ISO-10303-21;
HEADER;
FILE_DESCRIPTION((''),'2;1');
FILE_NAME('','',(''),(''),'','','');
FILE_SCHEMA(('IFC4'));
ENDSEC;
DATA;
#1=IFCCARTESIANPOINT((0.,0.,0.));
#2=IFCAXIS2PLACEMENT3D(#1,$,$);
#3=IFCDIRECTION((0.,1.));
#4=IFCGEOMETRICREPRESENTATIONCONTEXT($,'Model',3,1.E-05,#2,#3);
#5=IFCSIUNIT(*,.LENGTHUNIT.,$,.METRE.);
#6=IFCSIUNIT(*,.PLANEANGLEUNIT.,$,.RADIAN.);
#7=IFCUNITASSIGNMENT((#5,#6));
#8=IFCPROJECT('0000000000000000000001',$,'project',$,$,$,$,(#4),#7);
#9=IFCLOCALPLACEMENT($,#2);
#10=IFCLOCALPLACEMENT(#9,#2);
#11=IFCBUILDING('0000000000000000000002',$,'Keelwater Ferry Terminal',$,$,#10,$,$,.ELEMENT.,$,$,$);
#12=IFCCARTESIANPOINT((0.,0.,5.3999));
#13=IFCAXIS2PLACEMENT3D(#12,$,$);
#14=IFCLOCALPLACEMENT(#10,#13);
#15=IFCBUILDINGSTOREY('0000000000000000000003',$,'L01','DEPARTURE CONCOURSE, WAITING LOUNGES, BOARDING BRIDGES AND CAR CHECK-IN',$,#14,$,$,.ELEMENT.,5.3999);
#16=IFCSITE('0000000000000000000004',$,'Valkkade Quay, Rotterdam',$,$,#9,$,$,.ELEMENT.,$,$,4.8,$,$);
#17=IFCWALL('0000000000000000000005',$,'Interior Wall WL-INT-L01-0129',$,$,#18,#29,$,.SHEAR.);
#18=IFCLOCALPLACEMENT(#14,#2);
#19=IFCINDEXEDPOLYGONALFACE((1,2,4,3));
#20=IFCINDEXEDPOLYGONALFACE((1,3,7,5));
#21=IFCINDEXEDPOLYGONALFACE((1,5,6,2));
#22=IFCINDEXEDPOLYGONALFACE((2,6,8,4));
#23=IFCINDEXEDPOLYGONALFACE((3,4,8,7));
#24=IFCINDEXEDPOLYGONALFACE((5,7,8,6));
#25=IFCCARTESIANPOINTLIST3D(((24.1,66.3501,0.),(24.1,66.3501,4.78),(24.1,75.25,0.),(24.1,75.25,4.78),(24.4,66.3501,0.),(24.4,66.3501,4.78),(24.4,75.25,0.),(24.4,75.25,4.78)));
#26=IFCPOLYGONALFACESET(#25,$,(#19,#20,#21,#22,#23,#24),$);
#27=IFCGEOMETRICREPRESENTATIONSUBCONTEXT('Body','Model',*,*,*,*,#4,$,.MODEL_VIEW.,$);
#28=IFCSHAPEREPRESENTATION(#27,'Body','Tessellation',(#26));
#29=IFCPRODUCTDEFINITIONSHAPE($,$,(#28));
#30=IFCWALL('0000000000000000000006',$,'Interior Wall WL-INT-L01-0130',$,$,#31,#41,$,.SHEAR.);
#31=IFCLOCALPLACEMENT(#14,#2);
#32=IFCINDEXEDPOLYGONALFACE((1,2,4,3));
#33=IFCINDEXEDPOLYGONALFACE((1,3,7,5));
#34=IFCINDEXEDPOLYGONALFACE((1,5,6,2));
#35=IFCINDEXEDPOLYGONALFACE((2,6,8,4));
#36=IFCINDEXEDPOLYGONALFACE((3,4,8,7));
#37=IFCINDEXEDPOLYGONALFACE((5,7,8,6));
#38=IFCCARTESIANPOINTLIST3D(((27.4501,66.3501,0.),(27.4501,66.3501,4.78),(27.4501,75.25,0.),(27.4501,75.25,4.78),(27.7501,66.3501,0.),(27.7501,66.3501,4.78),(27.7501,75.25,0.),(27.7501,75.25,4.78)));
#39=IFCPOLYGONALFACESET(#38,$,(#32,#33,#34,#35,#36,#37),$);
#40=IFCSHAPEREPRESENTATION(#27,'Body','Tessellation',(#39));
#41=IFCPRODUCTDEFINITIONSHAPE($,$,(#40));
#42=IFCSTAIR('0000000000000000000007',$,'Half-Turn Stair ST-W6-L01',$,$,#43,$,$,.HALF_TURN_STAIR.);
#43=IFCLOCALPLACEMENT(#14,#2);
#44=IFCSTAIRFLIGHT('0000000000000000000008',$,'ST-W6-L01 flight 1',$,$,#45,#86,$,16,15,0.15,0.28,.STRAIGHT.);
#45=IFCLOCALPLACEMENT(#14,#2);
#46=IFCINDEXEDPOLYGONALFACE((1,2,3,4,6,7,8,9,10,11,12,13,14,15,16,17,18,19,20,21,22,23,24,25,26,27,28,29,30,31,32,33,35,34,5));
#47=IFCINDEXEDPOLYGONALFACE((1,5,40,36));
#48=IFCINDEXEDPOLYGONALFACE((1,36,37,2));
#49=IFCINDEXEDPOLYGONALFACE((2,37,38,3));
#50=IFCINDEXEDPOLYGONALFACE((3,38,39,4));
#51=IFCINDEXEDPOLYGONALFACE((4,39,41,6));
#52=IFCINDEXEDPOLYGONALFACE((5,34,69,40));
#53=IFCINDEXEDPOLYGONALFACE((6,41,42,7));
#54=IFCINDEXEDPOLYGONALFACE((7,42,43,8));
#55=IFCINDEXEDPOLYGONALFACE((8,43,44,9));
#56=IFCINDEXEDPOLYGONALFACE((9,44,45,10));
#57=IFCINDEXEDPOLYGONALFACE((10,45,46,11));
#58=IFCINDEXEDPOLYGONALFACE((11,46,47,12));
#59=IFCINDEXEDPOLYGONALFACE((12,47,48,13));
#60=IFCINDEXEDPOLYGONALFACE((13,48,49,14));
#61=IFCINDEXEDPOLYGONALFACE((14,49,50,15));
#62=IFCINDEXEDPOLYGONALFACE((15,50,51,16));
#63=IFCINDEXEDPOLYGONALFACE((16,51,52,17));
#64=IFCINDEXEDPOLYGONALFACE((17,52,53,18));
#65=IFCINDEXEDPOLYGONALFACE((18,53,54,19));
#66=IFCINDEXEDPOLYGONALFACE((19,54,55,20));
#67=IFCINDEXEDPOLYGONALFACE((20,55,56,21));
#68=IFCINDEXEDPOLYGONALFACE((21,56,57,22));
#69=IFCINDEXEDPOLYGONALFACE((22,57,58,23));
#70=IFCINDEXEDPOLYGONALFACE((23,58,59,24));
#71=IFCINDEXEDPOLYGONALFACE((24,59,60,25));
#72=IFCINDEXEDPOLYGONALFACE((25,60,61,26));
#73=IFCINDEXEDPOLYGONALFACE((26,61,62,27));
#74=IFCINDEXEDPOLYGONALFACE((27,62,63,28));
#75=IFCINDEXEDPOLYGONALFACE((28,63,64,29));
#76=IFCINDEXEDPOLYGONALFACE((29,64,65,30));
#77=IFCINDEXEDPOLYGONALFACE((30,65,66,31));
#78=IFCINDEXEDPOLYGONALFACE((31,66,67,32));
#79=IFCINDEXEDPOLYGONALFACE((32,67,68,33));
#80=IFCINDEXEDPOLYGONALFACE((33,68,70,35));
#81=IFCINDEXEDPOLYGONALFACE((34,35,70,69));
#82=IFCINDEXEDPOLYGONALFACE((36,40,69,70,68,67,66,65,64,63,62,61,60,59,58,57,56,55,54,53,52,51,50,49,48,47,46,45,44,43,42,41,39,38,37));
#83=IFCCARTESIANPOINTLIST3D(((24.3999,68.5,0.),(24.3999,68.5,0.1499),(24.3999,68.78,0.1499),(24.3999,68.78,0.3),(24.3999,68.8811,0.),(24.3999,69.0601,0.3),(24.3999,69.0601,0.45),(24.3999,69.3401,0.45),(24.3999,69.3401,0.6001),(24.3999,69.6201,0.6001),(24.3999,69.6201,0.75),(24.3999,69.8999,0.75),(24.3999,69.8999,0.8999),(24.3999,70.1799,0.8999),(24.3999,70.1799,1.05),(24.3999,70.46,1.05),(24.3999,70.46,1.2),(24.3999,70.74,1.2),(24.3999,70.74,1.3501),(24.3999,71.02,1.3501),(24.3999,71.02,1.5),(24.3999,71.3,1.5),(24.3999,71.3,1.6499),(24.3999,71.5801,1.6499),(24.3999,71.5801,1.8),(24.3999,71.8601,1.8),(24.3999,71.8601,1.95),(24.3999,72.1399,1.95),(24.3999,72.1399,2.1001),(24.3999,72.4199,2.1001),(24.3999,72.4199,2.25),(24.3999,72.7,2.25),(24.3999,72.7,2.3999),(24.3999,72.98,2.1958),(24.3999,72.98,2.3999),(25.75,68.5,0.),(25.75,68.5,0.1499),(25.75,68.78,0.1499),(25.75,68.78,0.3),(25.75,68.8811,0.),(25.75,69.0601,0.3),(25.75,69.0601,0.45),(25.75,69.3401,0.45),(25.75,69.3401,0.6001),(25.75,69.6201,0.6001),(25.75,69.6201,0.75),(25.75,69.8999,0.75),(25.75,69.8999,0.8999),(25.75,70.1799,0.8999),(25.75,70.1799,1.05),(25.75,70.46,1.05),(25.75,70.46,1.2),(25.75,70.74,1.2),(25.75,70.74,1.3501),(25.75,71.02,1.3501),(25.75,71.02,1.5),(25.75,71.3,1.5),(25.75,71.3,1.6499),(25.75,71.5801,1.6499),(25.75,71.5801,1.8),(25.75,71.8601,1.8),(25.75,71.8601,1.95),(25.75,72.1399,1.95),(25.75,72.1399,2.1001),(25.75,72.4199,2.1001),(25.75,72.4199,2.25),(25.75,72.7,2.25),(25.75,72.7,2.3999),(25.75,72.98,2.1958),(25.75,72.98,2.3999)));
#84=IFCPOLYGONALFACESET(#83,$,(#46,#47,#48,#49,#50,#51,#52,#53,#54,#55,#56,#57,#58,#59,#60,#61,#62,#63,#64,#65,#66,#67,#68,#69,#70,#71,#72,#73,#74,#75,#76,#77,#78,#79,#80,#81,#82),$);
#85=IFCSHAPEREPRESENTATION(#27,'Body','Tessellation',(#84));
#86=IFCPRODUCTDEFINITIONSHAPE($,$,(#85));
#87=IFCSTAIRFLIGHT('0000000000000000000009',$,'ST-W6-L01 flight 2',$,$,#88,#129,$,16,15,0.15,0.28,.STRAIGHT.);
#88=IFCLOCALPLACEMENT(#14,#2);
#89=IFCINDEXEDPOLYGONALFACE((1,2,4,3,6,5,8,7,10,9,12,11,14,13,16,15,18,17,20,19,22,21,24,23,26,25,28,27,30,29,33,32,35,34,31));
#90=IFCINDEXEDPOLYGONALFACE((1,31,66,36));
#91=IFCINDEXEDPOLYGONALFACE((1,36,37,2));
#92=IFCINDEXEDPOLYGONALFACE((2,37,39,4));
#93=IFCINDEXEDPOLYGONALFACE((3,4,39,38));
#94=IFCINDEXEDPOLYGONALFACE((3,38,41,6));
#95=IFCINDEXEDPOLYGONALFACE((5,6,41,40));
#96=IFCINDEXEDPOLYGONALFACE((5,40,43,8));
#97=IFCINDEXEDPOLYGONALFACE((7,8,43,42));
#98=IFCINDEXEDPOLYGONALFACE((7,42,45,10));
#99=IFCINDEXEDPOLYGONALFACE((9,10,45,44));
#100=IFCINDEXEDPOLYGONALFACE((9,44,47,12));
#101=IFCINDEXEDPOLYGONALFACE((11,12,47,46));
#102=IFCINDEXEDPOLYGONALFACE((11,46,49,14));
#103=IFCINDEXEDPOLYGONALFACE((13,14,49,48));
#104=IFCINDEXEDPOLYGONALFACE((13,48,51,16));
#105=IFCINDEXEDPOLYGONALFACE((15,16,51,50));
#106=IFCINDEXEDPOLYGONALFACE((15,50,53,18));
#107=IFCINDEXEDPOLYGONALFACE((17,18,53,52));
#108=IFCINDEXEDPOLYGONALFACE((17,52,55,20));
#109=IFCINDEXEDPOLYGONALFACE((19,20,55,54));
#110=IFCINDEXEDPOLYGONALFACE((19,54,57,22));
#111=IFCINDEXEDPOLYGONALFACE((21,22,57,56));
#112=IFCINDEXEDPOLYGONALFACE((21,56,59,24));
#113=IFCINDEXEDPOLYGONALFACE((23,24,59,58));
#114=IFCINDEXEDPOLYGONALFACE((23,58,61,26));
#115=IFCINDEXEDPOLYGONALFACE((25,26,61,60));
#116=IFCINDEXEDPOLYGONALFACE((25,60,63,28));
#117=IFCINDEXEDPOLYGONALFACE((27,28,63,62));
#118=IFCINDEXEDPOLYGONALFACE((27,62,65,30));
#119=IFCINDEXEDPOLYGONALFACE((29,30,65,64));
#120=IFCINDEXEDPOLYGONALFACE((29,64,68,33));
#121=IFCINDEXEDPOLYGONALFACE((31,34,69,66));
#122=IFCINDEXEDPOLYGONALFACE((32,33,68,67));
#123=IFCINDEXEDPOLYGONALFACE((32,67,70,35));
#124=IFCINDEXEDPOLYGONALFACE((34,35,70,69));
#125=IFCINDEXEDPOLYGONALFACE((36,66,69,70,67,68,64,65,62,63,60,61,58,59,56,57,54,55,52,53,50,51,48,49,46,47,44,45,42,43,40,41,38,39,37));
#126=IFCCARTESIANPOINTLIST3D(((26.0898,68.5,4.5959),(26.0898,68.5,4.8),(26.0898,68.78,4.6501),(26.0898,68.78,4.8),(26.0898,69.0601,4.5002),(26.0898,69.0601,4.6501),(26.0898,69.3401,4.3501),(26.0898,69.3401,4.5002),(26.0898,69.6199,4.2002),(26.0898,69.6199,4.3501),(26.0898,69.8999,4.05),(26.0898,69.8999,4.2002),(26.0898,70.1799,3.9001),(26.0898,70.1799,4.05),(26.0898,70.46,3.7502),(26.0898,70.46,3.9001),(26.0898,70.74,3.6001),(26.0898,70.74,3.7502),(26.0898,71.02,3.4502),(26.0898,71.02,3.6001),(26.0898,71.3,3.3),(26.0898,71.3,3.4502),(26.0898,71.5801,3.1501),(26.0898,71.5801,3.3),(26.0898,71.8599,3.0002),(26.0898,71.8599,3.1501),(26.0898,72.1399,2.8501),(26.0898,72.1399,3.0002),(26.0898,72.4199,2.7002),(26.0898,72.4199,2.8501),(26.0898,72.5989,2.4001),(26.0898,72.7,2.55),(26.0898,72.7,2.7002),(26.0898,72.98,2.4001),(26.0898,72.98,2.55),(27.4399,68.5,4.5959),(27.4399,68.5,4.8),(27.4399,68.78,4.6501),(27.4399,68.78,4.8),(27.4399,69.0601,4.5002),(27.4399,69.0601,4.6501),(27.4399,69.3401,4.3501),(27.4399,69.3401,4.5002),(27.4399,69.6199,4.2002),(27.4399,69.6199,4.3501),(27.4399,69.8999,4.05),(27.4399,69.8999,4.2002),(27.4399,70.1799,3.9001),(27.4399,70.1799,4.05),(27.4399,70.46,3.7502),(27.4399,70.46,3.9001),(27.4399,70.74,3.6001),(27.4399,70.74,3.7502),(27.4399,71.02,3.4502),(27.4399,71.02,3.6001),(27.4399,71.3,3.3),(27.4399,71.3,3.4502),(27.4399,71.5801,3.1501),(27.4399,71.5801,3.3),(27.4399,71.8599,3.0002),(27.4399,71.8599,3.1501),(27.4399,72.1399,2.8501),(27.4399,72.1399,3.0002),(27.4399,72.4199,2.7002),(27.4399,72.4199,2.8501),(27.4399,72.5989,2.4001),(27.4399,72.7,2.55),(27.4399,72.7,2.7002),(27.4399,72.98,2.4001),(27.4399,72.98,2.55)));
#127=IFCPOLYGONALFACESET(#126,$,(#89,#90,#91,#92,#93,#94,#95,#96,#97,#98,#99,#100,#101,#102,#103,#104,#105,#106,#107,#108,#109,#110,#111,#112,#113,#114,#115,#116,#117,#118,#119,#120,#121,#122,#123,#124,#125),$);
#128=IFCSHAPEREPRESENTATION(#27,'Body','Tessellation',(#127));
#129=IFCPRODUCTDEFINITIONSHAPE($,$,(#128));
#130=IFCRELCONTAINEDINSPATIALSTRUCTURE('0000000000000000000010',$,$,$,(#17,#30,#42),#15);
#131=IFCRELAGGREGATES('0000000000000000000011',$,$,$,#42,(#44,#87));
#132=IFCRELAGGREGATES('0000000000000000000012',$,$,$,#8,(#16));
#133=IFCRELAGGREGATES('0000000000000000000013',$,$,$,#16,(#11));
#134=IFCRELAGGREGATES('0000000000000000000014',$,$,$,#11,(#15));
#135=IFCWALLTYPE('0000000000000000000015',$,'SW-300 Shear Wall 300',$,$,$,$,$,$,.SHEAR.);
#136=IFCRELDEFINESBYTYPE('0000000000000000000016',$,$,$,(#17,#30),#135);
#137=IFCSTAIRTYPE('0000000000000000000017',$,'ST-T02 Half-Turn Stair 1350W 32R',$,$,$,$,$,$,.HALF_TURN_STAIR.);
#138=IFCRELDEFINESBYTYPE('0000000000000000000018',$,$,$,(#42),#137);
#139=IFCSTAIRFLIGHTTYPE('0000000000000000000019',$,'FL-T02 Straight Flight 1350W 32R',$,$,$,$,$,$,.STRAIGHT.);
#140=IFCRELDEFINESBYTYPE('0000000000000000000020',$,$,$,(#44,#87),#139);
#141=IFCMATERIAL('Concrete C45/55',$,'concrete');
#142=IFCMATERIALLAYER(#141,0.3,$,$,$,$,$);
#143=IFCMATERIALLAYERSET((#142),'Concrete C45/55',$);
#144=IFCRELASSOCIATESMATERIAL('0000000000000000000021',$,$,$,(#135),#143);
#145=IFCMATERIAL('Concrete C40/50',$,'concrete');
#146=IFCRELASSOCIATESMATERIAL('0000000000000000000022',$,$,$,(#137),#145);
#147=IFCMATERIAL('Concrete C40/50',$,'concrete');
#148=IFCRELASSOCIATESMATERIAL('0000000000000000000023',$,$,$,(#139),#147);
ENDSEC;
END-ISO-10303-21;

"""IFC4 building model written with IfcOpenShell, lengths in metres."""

from ifc_helpers import new_model, si_unit, direction, frame, frame_2d, origin, place, context, subcontext, project, spatial, polyline, rectangle, outline, extrude, material, layer, layer_set, type_object, element, aggregate, save


model = new_model("IFC4")

# Units and contexts
model_context = context("Model", 3, precision=1e-05, world=origin(), true_north=direction((0.0, 1.0)))
body_context = subcontext(model_context, "Body", "Model", "MODEL_VIEW")
ifc_project = project(units=[si_unit("LENGTHUNIT", "METRE"), si_unit("PLANEANGLEUNIT", "RADIAN")], contexts=[model_context])

# Site, building, storey
site_placement = place(None, origin())
site = spatial("IfcSite", under=ifc_project, at=site_placement, Name="Valkkade Quay, Rotterdam", CompositionType="ELEMENT", RefElevation=4.8)
building_placement = place(site_placement, origin())
building = spatial("IfcBuilding", under=site, at=building_placement, Name="Keelwater Ferry Terminal", CompositionType="ELEMENT")
storey_placement = place(building_placement, frame((0.0, 0.0, 5.3999)))
storey = spatial("IfcBuildingStorey", under=building, at=storey_placement, Name="L01", Description="DEPARTURE CONCOURSE, WAITING LOUNGES, BOARDING BRIDGES AND CAR CHECK-IN", CompositionType="ELEMENT", Elevation=5.3999)

# Shared definitions
ifc_material_1 = material(Name="Concrete C45/55", Category="concrete")
ifc_layer = layer(ifc_material_1, 0.3)
ifc_layer_set = layer_set([ifc_layer], Name="Concrete C45/55")
wall_type = type_object("IfcWallType", Name="SW-300 Shear Wall 300", PredefinedType="SHEAR", material=ifc_layer_set)

# Walls
for number, where, z_axis, x_axis, name in (
    (1, (24.25, 66.3501, 0.0), (0.0, 0.0, 1.0), (0.0, 1.0, 0.0), "Interior Wall WL-INT-L01-0129"),
    (2, (27.6001, 66.3501, 0.0), (0.0, 0.0, 1.0), (0.0, 1.0, 0.0), "Interior Wall WL-INT-L01-0130"),
):
    element("IfcWall", number, at=place(storey_placement, frame(where, z_axis=z_axis, x_axis=x_axis)), inside=storey, type_object=wall_type, Name=name, PredefinedType="SHEAR", context=body_context, shape_type="SweptSolid", body=[
        extrude(rectangle(XDim=8.8999, YDim=0.3, at=frame_2d((4.45, 0.0))), origin(), (0.0, 0.0, 1.0), 4.78),
    ])

# Stair, stair flights
ifc_material_2 = material(Name="Concrete C40/50", Category="concrete")
stair_type = type_object("IfcStairType", Name="ST-T02 Half-Turn Stair 1350W 32R", PredefinedType="HALF_TURN_STAIR", material=ifc_material_2)
stair_placement = place(storey_placement, origin())
stair = element("IfcStair", 3, at=stair_placement, inside=storey, type_object=stair_type, Name="Half-Turn Stair ST-W6-L01", PredefinedType="HALF_TURN_STAIR")
ifc_material_3 = material(Name="Concrete C40/50", Category="concrete")
stair_flight_type = type_object("IfcStairFlightType", Name="FL-T02 Straight Flight 1350W 32R", PredefinedType="STRAIGHT", material=ifc_material_3)
stair_flight_1_placement = place(storey_placement, frame((25.075, 68.5, 0.0), z_axis=(0.0, 0.0, 1.0), x_axis=(0.0, 1.0, 0.0)))
stair_flight_1 = element("IfcStairFlight", 4, at=stair_flight_1_placement, type_object=stair_flight_type, Name="ST-W6-L01 flight 1", NumberOfRisers=16, NumberOfTreads=15, PredefinedType="STRAIGHT", RiserHeight=0.15, TreadLength=0.28, context=body_context, shape_type="SweptSolid", body=[
    extrude(outline(polyline([(0.0, 0.0), (0.0, 0.1499), (0.28, 0.1499), (0.28, 0.3), (0.5601, 0.3), (0.5601, 0.45), (0.8401, 0.45), (0.8401, 0.6001), (1.1201, 0.6001), (1.1201, 0.75), (1.3999, 0.75), (1.3999, 0.8999), (1.6799, 0.8999), (1.6799, 1.05), (1.96, 1.05), (1.96, 1.2), (2.24, 1.2), (2.24, 1.3501), (2.52, 1.3501), (2.52, 1.5), (2.8, 1.5), (2.8, 1.6499), (3.0801, 1.6499), (3.0801, 1.8), (3.3601, 1.8), (3.3601, 1.95), (3.6399, 1.95), (3.6399, 2.1001), (3.9199, 2.1001), (3.9199, 2.25), (4.2, 2.25), (4.2, 2.3999), (4.48, 2.3999), (4.48, 2.1958), (0.3811, 0.0), (0.0, 0.0)])), frame((0.0, 0.675, 0.0), z_axis=(0.0, -1.0, 0.0), x_axis=(1.0, 0.0, 0.0)), (0.0, 0.0, 1.0), 1.3501),
])
stair_flight_2_placement = place(storey_placement, frame((26.7649, 72.98, 2.4001), z_axis=(0.0, 0.0, 1.0), x_axis=(0.0, -1.0, 0.0)))
stair_flight_2 = element("IfcStairFlight", 5, at=stair_flight_2_placement, type_object=stair_flight_type, Name="ST-W6-L01 flight 2", NumberOfRisers=16, NumberOfTreads=15, PredefinedType="STRAIGHT", RiserHeight=0.15, TreadLength=0.28, context=body_context, shape_type="SweptSolid", body=[
    extrude(outline(polyline([(0.0, 0.0), (0.0, 0.1499), (0.28, 0.1499), (0.28, 0.3), (0.5601, 0.3), (0.5601, 0.45), (0.8401, 0.45), (0.8401, 0.6001), (1.1201, 0.6001), (1.1201, 0.75), (1.3999, 0.75), (1.3999, 0.8999), (1.6799, 0.8999), (1.6799, 1.05), (1.96, 1.05), (1.96, 1.2), (2.24, 1.2), (2.24, 1.3501), (2.52, 1.3501), (2.52, 1.5), (2.8, 1.5), (2.8, 1.6499), (3.0801, 1.6499), (3.0801, 1.8), (3.3601, 1.8), (3.3601, 1.95), (3.6399, 1.95), (3.6399, 2.1001), (3.9199, 2.1001), (3.9199, 2.25), (4.2, 2.25), (4.2, 2.3999), (4.48, 2.3999), (4.48, 2.1958), (0.3811, 0.0), (0.0, 0.0)])), frame((0.0, 0.675, 0.0), z_axis=(0.0, -1.0, 0.0), x_axis=(1.0, 0.0, 0.0)), (0.0, 0.0, 1.0), 1.3501),
])
aggregate(stair, [stair_flight_1, stair_flight_2])

save(model, "model.ifc")
